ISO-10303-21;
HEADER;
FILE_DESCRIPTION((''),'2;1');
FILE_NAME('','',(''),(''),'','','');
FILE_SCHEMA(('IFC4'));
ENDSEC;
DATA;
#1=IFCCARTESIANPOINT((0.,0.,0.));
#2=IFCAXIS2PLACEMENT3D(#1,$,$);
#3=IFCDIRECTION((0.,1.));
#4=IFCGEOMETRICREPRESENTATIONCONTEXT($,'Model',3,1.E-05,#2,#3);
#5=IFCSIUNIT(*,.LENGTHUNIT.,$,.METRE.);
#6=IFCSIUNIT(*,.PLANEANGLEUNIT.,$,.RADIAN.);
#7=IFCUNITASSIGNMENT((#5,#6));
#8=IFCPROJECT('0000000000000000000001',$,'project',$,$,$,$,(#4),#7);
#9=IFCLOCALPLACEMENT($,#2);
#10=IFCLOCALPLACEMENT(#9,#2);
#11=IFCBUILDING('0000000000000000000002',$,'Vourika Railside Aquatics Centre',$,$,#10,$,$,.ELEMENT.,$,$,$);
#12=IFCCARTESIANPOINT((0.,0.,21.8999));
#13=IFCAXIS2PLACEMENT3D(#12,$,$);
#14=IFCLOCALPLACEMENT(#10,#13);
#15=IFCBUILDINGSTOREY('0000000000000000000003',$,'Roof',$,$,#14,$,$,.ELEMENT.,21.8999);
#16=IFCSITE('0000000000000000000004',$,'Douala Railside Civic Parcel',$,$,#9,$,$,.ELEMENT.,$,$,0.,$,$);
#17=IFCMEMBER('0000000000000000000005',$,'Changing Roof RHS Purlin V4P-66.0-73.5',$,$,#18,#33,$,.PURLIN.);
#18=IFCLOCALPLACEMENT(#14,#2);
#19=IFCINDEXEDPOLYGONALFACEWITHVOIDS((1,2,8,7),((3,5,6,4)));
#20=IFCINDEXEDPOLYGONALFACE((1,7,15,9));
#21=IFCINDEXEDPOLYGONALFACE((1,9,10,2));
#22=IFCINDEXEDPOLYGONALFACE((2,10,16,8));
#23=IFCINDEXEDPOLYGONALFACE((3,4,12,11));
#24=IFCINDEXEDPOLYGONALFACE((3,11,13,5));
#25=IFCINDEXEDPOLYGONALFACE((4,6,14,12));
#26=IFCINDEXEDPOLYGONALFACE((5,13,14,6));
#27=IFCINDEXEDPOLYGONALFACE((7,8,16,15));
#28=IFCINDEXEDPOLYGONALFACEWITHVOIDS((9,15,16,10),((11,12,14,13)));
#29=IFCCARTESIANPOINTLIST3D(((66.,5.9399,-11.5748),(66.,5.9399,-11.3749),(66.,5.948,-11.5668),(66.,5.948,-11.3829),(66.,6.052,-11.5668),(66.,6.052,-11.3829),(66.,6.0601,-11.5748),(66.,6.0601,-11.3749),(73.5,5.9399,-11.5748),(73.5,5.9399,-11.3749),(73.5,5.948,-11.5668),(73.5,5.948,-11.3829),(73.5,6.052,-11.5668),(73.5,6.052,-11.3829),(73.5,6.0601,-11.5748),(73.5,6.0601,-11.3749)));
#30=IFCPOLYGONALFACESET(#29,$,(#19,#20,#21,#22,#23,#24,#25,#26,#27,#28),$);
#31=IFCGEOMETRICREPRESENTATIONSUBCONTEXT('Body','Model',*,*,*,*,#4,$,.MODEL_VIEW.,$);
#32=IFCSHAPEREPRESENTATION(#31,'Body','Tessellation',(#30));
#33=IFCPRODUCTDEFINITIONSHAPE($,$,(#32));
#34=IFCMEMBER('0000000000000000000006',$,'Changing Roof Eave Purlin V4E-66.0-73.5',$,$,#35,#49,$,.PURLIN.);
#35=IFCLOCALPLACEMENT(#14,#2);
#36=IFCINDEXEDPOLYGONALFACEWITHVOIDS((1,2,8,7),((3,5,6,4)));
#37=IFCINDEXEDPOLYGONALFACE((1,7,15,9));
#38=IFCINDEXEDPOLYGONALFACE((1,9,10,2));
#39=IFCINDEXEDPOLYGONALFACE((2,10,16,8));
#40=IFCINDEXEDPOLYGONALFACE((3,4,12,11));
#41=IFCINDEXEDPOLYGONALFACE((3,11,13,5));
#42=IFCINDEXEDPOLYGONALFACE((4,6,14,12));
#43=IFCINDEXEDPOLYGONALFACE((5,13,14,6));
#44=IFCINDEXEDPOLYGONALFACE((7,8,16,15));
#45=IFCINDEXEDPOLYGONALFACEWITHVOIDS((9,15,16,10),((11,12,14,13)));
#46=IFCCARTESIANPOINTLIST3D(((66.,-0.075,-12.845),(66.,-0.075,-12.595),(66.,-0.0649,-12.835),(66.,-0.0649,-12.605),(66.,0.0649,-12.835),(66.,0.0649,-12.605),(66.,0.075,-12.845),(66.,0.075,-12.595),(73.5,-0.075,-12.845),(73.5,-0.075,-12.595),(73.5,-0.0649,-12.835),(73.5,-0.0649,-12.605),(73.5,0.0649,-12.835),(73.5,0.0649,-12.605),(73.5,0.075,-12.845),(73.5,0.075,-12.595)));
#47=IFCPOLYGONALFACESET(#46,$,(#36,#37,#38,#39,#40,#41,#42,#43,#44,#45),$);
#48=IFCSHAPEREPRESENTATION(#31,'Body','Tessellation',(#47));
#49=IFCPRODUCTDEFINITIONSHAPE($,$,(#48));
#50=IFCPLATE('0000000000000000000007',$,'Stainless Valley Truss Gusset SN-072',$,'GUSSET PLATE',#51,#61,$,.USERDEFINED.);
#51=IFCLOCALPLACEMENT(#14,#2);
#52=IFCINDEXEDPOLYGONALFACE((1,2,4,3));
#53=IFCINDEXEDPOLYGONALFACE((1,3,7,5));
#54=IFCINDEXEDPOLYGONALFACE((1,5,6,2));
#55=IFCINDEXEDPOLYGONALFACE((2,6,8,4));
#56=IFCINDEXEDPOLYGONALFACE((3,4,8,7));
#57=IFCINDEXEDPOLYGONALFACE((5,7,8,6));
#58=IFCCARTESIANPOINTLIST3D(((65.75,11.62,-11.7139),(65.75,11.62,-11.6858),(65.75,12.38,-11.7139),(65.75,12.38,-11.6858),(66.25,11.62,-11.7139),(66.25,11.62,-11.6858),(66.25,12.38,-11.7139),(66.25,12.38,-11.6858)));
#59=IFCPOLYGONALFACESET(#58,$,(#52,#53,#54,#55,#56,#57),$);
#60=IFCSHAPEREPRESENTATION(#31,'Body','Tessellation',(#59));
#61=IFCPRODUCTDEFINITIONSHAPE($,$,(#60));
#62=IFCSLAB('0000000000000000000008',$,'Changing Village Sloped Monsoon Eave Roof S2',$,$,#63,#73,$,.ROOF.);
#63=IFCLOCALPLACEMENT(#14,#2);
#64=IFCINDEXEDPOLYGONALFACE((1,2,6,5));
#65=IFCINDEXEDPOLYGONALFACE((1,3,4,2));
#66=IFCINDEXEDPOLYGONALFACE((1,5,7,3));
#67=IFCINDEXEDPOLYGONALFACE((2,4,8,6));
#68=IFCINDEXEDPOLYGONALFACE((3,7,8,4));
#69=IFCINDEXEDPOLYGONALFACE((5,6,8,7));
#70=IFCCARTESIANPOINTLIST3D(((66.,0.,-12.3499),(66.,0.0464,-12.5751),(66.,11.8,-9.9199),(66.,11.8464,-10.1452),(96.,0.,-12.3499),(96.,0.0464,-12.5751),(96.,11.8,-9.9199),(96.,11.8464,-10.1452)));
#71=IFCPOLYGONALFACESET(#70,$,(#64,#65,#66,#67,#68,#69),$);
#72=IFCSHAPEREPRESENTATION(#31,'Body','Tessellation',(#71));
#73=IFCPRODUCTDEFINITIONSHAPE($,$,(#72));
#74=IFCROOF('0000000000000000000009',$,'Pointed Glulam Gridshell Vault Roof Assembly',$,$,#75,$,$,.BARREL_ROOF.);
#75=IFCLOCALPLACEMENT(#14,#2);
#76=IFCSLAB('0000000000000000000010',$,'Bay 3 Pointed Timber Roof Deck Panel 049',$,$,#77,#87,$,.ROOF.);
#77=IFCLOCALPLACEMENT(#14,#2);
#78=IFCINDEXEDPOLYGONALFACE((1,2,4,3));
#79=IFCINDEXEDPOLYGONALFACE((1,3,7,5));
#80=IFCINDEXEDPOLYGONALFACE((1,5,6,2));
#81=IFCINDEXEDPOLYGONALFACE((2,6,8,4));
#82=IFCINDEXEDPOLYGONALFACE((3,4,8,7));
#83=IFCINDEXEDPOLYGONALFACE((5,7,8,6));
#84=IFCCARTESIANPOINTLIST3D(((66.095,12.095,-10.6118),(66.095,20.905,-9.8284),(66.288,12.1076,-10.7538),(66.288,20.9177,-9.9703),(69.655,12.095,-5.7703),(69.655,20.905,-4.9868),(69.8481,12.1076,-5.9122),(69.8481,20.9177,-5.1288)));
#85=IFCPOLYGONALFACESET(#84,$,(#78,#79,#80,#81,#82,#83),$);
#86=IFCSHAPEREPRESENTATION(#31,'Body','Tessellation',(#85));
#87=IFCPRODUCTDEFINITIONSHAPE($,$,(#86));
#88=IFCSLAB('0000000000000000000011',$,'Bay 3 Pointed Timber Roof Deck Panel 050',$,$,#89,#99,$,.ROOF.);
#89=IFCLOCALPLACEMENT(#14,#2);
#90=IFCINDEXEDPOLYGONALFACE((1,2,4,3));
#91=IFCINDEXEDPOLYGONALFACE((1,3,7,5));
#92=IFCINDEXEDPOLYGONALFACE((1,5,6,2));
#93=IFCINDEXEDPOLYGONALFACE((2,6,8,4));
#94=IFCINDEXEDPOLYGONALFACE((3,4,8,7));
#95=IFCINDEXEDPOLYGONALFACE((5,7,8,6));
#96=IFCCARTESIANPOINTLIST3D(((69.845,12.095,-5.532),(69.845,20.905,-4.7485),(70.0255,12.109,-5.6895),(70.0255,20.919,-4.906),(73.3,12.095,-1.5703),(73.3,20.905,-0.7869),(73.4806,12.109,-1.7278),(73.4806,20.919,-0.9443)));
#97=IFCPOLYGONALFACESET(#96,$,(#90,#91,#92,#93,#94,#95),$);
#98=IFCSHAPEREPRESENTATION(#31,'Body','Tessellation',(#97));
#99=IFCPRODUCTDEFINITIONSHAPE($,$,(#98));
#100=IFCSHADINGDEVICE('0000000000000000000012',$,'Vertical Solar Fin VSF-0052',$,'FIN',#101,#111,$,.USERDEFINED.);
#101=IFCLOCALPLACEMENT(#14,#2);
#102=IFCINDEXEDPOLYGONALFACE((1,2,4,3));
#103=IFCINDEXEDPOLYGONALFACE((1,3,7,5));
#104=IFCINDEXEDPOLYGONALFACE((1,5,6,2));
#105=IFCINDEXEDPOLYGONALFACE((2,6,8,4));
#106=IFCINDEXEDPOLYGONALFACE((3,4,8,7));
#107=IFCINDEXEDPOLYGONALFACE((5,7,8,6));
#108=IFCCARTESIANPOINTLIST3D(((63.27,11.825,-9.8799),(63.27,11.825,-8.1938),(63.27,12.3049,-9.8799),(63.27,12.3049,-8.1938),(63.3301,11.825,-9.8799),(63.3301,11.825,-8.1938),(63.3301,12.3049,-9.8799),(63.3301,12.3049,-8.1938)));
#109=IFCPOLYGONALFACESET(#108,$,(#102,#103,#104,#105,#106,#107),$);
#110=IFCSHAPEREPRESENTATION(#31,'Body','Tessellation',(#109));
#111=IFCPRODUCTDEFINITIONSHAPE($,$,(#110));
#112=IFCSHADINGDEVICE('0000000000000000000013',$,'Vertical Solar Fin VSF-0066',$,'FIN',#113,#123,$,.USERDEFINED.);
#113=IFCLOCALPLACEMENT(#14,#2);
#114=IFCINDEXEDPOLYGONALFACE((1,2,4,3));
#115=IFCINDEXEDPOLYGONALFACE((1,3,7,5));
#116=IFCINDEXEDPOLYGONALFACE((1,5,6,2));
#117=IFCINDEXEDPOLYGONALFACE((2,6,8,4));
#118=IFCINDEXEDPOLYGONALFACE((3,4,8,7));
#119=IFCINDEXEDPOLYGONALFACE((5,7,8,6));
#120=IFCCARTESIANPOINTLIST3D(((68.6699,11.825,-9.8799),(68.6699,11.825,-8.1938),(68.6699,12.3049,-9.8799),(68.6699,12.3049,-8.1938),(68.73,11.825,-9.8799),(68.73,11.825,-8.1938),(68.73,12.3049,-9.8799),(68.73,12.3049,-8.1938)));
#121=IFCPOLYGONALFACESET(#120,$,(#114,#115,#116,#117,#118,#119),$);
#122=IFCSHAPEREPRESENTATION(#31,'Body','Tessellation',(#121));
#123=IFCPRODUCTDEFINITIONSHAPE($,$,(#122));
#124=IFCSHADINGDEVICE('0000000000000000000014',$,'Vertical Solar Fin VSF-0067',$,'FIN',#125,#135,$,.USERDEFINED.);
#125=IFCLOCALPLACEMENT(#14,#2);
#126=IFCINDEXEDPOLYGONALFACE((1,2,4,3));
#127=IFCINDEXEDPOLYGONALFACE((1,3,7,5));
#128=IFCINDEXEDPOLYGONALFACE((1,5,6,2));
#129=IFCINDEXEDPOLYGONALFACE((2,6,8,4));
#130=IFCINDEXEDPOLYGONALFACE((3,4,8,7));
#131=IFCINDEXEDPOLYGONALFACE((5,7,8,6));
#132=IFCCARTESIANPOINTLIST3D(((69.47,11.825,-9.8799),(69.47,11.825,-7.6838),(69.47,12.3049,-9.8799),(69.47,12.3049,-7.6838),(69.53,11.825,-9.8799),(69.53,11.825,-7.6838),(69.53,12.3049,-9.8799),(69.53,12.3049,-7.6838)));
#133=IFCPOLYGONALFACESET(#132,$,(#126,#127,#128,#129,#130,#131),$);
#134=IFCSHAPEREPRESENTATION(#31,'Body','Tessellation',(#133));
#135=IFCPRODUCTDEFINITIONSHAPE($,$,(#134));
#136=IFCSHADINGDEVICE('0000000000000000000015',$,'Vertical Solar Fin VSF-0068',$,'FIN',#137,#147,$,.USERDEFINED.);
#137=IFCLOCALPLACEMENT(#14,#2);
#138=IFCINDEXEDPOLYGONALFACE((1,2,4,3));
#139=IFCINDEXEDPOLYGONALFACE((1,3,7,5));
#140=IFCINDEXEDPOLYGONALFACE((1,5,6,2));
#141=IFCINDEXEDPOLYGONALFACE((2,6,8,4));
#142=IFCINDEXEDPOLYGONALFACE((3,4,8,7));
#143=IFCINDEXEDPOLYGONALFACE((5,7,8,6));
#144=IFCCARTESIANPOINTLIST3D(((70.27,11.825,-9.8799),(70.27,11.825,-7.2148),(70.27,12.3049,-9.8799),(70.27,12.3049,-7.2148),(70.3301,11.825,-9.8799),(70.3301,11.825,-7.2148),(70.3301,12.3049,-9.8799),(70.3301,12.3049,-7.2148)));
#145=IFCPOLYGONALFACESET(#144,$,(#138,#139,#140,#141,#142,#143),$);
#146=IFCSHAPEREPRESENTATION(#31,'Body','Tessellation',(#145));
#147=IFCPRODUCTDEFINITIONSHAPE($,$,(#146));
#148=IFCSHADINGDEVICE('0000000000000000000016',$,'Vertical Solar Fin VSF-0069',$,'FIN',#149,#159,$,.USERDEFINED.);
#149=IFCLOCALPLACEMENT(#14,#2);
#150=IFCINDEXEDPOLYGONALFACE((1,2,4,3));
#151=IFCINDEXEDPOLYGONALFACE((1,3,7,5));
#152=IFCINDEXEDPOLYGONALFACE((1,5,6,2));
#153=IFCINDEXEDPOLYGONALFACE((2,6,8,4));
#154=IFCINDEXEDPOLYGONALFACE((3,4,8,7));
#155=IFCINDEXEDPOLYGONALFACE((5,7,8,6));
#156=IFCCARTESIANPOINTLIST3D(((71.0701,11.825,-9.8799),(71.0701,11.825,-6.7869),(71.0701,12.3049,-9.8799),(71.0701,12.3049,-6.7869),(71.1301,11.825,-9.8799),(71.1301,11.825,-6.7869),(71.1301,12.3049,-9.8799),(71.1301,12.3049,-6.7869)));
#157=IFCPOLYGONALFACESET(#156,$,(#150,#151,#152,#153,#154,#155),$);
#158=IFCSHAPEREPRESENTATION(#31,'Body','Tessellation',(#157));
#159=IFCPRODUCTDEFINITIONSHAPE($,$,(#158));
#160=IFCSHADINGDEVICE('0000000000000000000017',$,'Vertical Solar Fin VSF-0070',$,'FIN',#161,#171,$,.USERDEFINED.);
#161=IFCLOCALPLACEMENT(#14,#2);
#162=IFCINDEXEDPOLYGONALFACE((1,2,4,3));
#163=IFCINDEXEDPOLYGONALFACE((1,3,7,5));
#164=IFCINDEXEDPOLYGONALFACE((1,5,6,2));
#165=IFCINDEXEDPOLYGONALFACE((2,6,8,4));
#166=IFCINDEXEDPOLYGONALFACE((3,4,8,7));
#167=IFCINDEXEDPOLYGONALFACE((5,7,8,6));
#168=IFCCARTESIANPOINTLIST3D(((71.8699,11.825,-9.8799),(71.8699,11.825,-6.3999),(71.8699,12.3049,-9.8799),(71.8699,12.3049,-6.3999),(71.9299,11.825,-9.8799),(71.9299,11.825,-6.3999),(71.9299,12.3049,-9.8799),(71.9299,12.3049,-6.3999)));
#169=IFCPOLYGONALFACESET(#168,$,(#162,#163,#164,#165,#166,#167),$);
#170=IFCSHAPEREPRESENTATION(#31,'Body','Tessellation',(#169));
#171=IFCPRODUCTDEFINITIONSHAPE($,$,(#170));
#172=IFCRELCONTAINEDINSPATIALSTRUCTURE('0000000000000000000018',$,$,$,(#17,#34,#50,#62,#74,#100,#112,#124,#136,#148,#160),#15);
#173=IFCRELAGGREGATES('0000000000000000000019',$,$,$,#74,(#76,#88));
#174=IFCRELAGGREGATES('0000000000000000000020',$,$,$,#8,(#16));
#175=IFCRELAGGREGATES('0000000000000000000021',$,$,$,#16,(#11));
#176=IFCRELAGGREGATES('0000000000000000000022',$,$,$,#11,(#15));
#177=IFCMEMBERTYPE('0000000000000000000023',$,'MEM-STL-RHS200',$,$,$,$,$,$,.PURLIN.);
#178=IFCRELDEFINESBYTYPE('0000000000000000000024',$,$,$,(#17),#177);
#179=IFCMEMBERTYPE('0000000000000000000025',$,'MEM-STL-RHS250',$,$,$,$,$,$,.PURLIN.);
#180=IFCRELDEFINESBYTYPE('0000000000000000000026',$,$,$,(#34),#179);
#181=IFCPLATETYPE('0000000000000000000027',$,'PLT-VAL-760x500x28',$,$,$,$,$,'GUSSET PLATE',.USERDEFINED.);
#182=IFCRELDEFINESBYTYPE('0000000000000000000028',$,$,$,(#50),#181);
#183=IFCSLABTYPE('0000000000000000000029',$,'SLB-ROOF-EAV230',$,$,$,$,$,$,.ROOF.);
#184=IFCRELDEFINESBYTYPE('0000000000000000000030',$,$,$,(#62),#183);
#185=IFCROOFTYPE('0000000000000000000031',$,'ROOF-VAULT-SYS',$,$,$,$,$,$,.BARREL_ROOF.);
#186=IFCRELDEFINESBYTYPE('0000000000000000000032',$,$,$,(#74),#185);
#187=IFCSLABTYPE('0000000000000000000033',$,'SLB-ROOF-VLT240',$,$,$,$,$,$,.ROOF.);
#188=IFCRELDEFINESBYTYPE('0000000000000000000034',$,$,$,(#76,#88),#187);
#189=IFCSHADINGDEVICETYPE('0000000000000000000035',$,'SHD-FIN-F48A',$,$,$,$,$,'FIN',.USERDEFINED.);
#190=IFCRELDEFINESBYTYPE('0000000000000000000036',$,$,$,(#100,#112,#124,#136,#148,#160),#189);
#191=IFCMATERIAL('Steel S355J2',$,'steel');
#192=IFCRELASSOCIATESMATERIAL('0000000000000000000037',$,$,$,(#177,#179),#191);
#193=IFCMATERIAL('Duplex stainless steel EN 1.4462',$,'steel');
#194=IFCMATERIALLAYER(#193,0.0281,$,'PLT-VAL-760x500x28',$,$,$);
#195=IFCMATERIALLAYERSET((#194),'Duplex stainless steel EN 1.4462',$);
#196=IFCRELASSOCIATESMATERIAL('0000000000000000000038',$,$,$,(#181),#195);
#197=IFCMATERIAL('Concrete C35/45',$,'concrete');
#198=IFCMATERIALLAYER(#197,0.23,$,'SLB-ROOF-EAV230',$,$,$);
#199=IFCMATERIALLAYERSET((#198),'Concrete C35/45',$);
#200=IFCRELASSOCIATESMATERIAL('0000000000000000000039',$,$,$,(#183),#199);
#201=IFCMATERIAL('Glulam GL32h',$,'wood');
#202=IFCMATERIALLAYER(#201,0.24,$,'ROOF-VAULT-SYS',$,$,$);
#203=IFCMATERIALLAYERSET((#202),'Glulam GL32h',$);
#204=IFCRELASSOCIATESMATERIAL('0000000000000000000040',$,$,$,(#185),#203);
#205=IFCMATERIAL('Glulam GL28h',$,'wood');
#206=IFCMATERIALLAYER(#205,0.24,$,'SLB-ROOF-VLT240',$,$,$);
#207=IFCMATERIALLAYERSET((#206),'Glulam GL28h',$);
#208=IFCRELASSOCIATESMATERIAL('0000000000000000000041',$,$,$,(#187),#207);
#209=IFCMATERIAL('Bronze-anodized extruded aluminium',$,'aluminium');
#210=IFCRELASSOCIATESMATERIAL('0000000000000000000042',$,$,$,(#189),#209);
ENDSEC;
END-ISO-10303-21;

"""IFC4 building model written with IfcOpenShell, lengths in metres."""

from ifc_helpers import new_model, si_unit, direction, frame, origin, origin_2d, place, context, subcontext, project, spatial, polyline, rectangle, hollow_rectangle, outline, extrude, material, layer, layer_set, material_profile, profile_set, type_object, element, aggregate, save


model = new_model("IFC4")

# Units and contexts
model_context = context("Model", 3, precision=1e-05, world=origin(), true_north=direction((0.0, 1.0)))
body_context = subcontext(model_context, "Body", "Model", "MODEL_VIEW")
ifc_project = project(units=[si_unit("LENGTHUNIT", "METRE"), si_unit("PLANEANGLEUNIT", "RADIAN")], contexts=[model_context])

# Site, building, storey
site_placement = place(None, origin())
site = spatial("IfcSite", under=ifc_project, at=site_placement, Name="Douala Railside Civic Parcel", CompositionType="ELEMENT", RefElevation=0.0)
building_placement = place(site_placement, origin())
building = spatial("IfcBuilding", under=site, at=building_placement, Name="Vourika Railside Aquatics Centre", CompositionType="ELEMENT")
storey_placement = place(building_placement, frame((0.0, 0.0, 21.8999)))
storey = spatial("IfcBuildingStorey", under=building, at=storey_placement, Name="Roof", CompositionType="ELEMENT", Elevation=21.8999)

# Shared definitions
ifc_material_1 = material(Name="Steel S355J2", Category="steel")

# Shared definitions
ifc_material_2 = material(Name="Glulam GL32h", Category="wood")

# Members
ifc_material_3 = material(Name="Glulam GL28h", Category="wood")
ifc_material_profile_1 = material_profile(ifc_material_1, hollow_rectangle(XDim=0.1201, YDim=0.2, WallThickness=0.0081, at=origin_2d()), Name="RHS 200x120x8")
ifc_profile_set_1 = profile_set([ifc_material_profile_1], Name="Steel S355J2")
member_type_1 = type_object("IfcMemberType", Name="MEM-STL-RHS200", PredefinedType="PURLIN", material=ifc_profile_set_1)
member_1_placement = place(storey_placement, frame((66.0, 6.0, -11.4749), z_axis=(1.0, 0.0, 0.0), x_axis=(0.0, 1.0, 0.0)))
element("IfcMember", 1, at=member_1_placement, inside=storey, type_object=member_type_1, Name="Changing Roof RHS Purlin V4P-66.0-73.5", PredefinedType="PURLIN", context=body_context, shape_type="SweptSolid", body=[
    extrude(hollow_rectangle(XDim=0.1201, YDim=0.2, WallThickness=0.0081, at=origin_2d()), origin(), (0.0, 0.0, 1.0), 7.5),
])
ifc_material_profile_2 = material_profile(ifc_material_1, hollow_rectangle(XDim=0.1499, YDim=0.25, WallThickness=0.01, at=origin_2d()), Name="RHS 250x150x10")
ifc_profile_set_2 = profile_set([ifc_material_profile_2], Name="Steel S355J2")
member_type_2 = type_object("IfcMemberType", Name="MEM-STL-RHS250", PredefinedType="PURLIN", material=ifc_profile_set_2)
member_2_placement = place(storey_placement, frame((66.0, 0.0, -12.72), z_axis=(1.0, 0.0, 0.0), x_axis=(0.0, 1.0, 0.0)))
element("IfcMember", 2, at=member_2_placement, inside=storey, type_object=member_type_2, Name="Changing Roof Eave Purlin V4E-66.0-73.5", PredefinedType="PURLIN", context=body_context, shape_type="SweptSolid", body=[
    extrude(hollow_rectangle(XDim=0.1499, YDim=0.25, WallThickness=0.01, at=origin_2d()), origin(), (0.0, 0.0, 1.0), 7.5),
])

# Plate
ifc_material_4 = material(Name="Duplex stainless steel EN 1.4462", Category="steel")
ifc_layer_1 = layer(ifc_material_4, 0.0281, Name="PLT-VAL-760x500x28")
ifc_layer_set_1 = layer_set([ifc_layer_1], Name="Duplex stainless steel EN 1.4462")
plate_type = type_object("IfcPlateType", Name="PLT-VAL-760x500x28", ElementType="GUSSET PLATE", PredefinedType="USERDEFINED", material=ifc_layer_set_1)
plate_placement = place(storey_placement, frame((66.0, 12.0, -11.7139), z_axis=(0.0, 0.0, 1.0), x_axis=(0.0, 1.0, 0.0)))
element("IfcPlate", 3, at=plate_placement, inside=storey, type_object=plate_type, Name="Stainless Valley Truss Gusset SN-072", ObjectType="GUSSET PLATE", PredefinedType="USERDEFINED", context=body_context, shape_type="SweptSolid", body=[
    extrude(rectangle(XDim=0.76, YDim=0.5, at=origin_2d()), origin(), (0.0, 0.0, 1.0), 0.0281),
])

# Slab
ifc_material_5 = material(Name="Concrete C35/45", Category="concrete")
ifc_layer_2 = layer(ifc_material_5, 0.23, Name="SLB-ROOF-EAV230")
ifc_layer_set_2 = layer_set([ifc_layer_2], Name="Concrete C35/45")
slab_type_1 = type_object("IfcSlabType", Name="SLB-ROOF-EAV230", PredefinedType="ROOF", material=ifc_layer_set_2)
slab_1_placement = place(storey_placement, frame((66.0, 0.0, -12.3499), z_axis=(0.0, -0.201694, 0.979449), x_axis=(1.0, 0.0, 0.0)))
element("IfcSlab", 4, at=slab_1_placement, inside=storey, type_object=slab_type_1, Name="Changing Village Sloped Monsoon Eave Roof S2", PredefinedType="ROOF", context=body_context, shape_type="SweptSolid", body=[
    extrude(outline(polyline([(0.0, 0.0), (30.0, 0.0), (30.0, 12.0476), (0.0, 12.0476), (0.0, 0.0)])), origin(), (0.0, 0.0, -1.0), 0.23),
])

# Roof, slabs
ifc_layer_3 = layer(ifc_material_2, 0.24, Name="ROOF-VAULT-SYS")
ifc_layer_set_3 = layer_set([ifc_layer_3], Name="Glulam GL32h")
roof_type = type_object("IfcRoofType", Name="ROOF-VAULT-SYS", PredefinedType="BARREL_ROOF", material=ifc_layer_set_3)
roof_placement = place(storey_placement, origin())
roof = element("IfcRoof", 5, at=roof_placement, inside=storey, type_object=roof_type, Name="Pointed Glulam Gridshell Vault Roof Assembly", PredefinedType="BARREL_ROOF")
ifc_layer_4 = layer(ifc_material_3, 0.24, Name="SLB-ROOF-VLT240")
ifc_layer_set_4 = layer_set([ifc_layer_4], Name="Glulam GL28h")
slab_type_2 = type_object("IfcSlabType", Name="SLB-ROOF-VLT240", PredefinedType="ROOF", material=ifc_layer_set_4)
slab_2_placement = place(storey_placement, frame((66.095, 12.095, -10.6118), z_axis=(-0.804528, -0.052607, 0.59158), x_axis=(0.592401, 0.0, 0.805644)))
slab_2 = element("IfcSlab", 6, at=slab_2_placement, type_object=slab_type_2, Name="Bay 3 Pointed Timber Roof Deck Panel 049", PredefinedType="ROOF", context=body_context, shape_type="SweptSolid", body=[
    extrude(outline(polyline([(0.0, 0.0), (6.0095, 0.0), (6.6407, 8.8223), (0.6312, 8.8223), (0.0, 0.0)])), origin(), (0.0, 0.0, -1.0), 0.24),
])
slab_3_placement = place(storey_placement, frame((69.845, 12.095, -5.532), z_axis=(-0.752365, -0.05835, 0.656157), x_axis=(0.657277, 0.0, 0.753649)))
slab_3 = element("IfcSlab", 7, at=slab_3_placement, type_object=slab_type_2, Name="Bay 3 Pointed Timber Roof Deck Panel 050", PredefinedType="ROOF", context=body_context, shape_type="SweptSolid", body=[
    extrude(outline(polyline([(0.0, 0.0), (5.2567, 0.0), (5.8471, 8.8251), (0.5904, 8.8251), (0.0, 0.0)])), origin(), (0.0, 0.0, -1.0), 0.24),
])
aggregate(roof, [slab_2, slab_3])

# Shading devices
ifc_material_6 = material(Name="Bronze-anodized extruded aluminium", Category="aluminium")
ifc_material_profile_3 = material_profile(ifc_material_6, rectangle(XDim=0.0601, YDim=0.48, at=origin_2d()), Name="ALU-FIN 60x480")
ifc_profile_set_3 = profile_set([ifc_material_profile_3], Name="Bronze-anodized extruded aluminium")
shading_device_type = type_object("IfcShadingDeviceType", Name="SHD-FIN-F48A", ElementType="FIN", PredefinedType="USERDEFINED", material=ifc_profile_set_3)
for number, where, z_axis, x_axis, name in (
    (8, (63.3, 12.0649, -9.8799), (0.0, 0.0, 1.0), (-1.0, 0.0, 0.0), "Vertical Solar Fin VSF-0052"),
    (9, (68.7, 12.0649, -9.8799), (0.0, 0.0, 1.0), (-1.0, 0.0, 0.0), "Vertical Solar Fin VSF-0066"),
):
    element("IfcShadingDevice", number, at=place(storey_placement, frame(where, z_axis=z_axis, x_axis=x_axis)), inside=storey, type_object=shading_device_type, Name=name, ObjectType="FIN", PredefinedType="USERDEFINED", context=body_context, shape_type="SweptSolid", body=[
        extrude(rectangle(XDim=0.0601, YDim=0.48, at=origin_2d()), origin(), (0.0, 0.0, 1.0), 1.686),
    ])
shading_device_1_placement = place(storey_placement, frame((69.5, 12.0649, -9.8799), z_axis=(0.0, 0.0, 1.0), x_axis=(-1.0, 0.0, 0.0)))
element("IfcShadingDevice", 10, at=shading_device_1_placement, inside=storey, type_object=shading_device_type, Name="Vertical Solar Fin VSF-0067", ObjectType="FIN", PredefinedType="USERDEFINED", context=body_context, shape_type="SweptSolid", body=[
    extrude(rectangle(XDim=0.0601, YDim=0.48, at=origin_2d()), origin(), (0.0, 0.0, 1.0), 2.196),
])
shading_device_2_placement = place(storey_placement, frame((70.3, 12.0649, -9.8799), z_axis=(0.0, 0.0, 1.0), x_axis=(-1.0, 0.0, 0.0)))
element("IfcShadingDevice", 11, at=shading_device_2_placement, inside=storey, type_object=shading_device_type, Name="Vertical Solar Fin VSF-0068", ObjectType="FIN", PredefinedType="USERDEFINED", context=body_context, shape_type="SweptSolid", body=[
    extrude(rectangle(XDim=0.0601, YDim=0.48, at=origin_2d()), origin(), (0.0, 0.0, 1.0), 2.665),
])
shading_device_3_placement = place(storey_placement, frame((71.1001, 12.0649, -9.8799), z_axis=(0.0, 0.0, 1.0), x_axis=(-1.0, 0.0, 0.0)))
element("IfcShadingDevice", 12, at=shading_device_3_placement, inside=storey, type_object=shading_device_type, Name="Vertical Solar Fin VSF-0069", ObjectType="FIN", PredefinedType="USERDEFINED", context=body_context, shape_type="SweptSolid", body=[
    extrude(rectangle(XDim=0.0601, YDim=0.48, at=origin_2d()), origin(), (0.0, 0.0, 1.0), 3.093),
])
shading_device_4_placement = place(storey_placement, frame((71.8999, 12.0649, -9.8799), z_axis=(0.0, 0.0, 1.0), x_axis=(-1.0, 0.0, 0.0)))
element("IfcShadingDevice", 13, at=shading_device_4_placement, inside=storey, type_object=shading_device_type, Name="Vertical Solar Fin VSF-0070", ObjectType="FIN", PredefinedType="USERDEFINED", context=body_context, shape_type="SweptSolid", body=[
    extrude(rectangle(XDim=0.0601, YDim=0.48, at=origin_2d()), origin(), (0.0, 0.0, 1.0), 3.48),
])

save(model, "model.ifc")
